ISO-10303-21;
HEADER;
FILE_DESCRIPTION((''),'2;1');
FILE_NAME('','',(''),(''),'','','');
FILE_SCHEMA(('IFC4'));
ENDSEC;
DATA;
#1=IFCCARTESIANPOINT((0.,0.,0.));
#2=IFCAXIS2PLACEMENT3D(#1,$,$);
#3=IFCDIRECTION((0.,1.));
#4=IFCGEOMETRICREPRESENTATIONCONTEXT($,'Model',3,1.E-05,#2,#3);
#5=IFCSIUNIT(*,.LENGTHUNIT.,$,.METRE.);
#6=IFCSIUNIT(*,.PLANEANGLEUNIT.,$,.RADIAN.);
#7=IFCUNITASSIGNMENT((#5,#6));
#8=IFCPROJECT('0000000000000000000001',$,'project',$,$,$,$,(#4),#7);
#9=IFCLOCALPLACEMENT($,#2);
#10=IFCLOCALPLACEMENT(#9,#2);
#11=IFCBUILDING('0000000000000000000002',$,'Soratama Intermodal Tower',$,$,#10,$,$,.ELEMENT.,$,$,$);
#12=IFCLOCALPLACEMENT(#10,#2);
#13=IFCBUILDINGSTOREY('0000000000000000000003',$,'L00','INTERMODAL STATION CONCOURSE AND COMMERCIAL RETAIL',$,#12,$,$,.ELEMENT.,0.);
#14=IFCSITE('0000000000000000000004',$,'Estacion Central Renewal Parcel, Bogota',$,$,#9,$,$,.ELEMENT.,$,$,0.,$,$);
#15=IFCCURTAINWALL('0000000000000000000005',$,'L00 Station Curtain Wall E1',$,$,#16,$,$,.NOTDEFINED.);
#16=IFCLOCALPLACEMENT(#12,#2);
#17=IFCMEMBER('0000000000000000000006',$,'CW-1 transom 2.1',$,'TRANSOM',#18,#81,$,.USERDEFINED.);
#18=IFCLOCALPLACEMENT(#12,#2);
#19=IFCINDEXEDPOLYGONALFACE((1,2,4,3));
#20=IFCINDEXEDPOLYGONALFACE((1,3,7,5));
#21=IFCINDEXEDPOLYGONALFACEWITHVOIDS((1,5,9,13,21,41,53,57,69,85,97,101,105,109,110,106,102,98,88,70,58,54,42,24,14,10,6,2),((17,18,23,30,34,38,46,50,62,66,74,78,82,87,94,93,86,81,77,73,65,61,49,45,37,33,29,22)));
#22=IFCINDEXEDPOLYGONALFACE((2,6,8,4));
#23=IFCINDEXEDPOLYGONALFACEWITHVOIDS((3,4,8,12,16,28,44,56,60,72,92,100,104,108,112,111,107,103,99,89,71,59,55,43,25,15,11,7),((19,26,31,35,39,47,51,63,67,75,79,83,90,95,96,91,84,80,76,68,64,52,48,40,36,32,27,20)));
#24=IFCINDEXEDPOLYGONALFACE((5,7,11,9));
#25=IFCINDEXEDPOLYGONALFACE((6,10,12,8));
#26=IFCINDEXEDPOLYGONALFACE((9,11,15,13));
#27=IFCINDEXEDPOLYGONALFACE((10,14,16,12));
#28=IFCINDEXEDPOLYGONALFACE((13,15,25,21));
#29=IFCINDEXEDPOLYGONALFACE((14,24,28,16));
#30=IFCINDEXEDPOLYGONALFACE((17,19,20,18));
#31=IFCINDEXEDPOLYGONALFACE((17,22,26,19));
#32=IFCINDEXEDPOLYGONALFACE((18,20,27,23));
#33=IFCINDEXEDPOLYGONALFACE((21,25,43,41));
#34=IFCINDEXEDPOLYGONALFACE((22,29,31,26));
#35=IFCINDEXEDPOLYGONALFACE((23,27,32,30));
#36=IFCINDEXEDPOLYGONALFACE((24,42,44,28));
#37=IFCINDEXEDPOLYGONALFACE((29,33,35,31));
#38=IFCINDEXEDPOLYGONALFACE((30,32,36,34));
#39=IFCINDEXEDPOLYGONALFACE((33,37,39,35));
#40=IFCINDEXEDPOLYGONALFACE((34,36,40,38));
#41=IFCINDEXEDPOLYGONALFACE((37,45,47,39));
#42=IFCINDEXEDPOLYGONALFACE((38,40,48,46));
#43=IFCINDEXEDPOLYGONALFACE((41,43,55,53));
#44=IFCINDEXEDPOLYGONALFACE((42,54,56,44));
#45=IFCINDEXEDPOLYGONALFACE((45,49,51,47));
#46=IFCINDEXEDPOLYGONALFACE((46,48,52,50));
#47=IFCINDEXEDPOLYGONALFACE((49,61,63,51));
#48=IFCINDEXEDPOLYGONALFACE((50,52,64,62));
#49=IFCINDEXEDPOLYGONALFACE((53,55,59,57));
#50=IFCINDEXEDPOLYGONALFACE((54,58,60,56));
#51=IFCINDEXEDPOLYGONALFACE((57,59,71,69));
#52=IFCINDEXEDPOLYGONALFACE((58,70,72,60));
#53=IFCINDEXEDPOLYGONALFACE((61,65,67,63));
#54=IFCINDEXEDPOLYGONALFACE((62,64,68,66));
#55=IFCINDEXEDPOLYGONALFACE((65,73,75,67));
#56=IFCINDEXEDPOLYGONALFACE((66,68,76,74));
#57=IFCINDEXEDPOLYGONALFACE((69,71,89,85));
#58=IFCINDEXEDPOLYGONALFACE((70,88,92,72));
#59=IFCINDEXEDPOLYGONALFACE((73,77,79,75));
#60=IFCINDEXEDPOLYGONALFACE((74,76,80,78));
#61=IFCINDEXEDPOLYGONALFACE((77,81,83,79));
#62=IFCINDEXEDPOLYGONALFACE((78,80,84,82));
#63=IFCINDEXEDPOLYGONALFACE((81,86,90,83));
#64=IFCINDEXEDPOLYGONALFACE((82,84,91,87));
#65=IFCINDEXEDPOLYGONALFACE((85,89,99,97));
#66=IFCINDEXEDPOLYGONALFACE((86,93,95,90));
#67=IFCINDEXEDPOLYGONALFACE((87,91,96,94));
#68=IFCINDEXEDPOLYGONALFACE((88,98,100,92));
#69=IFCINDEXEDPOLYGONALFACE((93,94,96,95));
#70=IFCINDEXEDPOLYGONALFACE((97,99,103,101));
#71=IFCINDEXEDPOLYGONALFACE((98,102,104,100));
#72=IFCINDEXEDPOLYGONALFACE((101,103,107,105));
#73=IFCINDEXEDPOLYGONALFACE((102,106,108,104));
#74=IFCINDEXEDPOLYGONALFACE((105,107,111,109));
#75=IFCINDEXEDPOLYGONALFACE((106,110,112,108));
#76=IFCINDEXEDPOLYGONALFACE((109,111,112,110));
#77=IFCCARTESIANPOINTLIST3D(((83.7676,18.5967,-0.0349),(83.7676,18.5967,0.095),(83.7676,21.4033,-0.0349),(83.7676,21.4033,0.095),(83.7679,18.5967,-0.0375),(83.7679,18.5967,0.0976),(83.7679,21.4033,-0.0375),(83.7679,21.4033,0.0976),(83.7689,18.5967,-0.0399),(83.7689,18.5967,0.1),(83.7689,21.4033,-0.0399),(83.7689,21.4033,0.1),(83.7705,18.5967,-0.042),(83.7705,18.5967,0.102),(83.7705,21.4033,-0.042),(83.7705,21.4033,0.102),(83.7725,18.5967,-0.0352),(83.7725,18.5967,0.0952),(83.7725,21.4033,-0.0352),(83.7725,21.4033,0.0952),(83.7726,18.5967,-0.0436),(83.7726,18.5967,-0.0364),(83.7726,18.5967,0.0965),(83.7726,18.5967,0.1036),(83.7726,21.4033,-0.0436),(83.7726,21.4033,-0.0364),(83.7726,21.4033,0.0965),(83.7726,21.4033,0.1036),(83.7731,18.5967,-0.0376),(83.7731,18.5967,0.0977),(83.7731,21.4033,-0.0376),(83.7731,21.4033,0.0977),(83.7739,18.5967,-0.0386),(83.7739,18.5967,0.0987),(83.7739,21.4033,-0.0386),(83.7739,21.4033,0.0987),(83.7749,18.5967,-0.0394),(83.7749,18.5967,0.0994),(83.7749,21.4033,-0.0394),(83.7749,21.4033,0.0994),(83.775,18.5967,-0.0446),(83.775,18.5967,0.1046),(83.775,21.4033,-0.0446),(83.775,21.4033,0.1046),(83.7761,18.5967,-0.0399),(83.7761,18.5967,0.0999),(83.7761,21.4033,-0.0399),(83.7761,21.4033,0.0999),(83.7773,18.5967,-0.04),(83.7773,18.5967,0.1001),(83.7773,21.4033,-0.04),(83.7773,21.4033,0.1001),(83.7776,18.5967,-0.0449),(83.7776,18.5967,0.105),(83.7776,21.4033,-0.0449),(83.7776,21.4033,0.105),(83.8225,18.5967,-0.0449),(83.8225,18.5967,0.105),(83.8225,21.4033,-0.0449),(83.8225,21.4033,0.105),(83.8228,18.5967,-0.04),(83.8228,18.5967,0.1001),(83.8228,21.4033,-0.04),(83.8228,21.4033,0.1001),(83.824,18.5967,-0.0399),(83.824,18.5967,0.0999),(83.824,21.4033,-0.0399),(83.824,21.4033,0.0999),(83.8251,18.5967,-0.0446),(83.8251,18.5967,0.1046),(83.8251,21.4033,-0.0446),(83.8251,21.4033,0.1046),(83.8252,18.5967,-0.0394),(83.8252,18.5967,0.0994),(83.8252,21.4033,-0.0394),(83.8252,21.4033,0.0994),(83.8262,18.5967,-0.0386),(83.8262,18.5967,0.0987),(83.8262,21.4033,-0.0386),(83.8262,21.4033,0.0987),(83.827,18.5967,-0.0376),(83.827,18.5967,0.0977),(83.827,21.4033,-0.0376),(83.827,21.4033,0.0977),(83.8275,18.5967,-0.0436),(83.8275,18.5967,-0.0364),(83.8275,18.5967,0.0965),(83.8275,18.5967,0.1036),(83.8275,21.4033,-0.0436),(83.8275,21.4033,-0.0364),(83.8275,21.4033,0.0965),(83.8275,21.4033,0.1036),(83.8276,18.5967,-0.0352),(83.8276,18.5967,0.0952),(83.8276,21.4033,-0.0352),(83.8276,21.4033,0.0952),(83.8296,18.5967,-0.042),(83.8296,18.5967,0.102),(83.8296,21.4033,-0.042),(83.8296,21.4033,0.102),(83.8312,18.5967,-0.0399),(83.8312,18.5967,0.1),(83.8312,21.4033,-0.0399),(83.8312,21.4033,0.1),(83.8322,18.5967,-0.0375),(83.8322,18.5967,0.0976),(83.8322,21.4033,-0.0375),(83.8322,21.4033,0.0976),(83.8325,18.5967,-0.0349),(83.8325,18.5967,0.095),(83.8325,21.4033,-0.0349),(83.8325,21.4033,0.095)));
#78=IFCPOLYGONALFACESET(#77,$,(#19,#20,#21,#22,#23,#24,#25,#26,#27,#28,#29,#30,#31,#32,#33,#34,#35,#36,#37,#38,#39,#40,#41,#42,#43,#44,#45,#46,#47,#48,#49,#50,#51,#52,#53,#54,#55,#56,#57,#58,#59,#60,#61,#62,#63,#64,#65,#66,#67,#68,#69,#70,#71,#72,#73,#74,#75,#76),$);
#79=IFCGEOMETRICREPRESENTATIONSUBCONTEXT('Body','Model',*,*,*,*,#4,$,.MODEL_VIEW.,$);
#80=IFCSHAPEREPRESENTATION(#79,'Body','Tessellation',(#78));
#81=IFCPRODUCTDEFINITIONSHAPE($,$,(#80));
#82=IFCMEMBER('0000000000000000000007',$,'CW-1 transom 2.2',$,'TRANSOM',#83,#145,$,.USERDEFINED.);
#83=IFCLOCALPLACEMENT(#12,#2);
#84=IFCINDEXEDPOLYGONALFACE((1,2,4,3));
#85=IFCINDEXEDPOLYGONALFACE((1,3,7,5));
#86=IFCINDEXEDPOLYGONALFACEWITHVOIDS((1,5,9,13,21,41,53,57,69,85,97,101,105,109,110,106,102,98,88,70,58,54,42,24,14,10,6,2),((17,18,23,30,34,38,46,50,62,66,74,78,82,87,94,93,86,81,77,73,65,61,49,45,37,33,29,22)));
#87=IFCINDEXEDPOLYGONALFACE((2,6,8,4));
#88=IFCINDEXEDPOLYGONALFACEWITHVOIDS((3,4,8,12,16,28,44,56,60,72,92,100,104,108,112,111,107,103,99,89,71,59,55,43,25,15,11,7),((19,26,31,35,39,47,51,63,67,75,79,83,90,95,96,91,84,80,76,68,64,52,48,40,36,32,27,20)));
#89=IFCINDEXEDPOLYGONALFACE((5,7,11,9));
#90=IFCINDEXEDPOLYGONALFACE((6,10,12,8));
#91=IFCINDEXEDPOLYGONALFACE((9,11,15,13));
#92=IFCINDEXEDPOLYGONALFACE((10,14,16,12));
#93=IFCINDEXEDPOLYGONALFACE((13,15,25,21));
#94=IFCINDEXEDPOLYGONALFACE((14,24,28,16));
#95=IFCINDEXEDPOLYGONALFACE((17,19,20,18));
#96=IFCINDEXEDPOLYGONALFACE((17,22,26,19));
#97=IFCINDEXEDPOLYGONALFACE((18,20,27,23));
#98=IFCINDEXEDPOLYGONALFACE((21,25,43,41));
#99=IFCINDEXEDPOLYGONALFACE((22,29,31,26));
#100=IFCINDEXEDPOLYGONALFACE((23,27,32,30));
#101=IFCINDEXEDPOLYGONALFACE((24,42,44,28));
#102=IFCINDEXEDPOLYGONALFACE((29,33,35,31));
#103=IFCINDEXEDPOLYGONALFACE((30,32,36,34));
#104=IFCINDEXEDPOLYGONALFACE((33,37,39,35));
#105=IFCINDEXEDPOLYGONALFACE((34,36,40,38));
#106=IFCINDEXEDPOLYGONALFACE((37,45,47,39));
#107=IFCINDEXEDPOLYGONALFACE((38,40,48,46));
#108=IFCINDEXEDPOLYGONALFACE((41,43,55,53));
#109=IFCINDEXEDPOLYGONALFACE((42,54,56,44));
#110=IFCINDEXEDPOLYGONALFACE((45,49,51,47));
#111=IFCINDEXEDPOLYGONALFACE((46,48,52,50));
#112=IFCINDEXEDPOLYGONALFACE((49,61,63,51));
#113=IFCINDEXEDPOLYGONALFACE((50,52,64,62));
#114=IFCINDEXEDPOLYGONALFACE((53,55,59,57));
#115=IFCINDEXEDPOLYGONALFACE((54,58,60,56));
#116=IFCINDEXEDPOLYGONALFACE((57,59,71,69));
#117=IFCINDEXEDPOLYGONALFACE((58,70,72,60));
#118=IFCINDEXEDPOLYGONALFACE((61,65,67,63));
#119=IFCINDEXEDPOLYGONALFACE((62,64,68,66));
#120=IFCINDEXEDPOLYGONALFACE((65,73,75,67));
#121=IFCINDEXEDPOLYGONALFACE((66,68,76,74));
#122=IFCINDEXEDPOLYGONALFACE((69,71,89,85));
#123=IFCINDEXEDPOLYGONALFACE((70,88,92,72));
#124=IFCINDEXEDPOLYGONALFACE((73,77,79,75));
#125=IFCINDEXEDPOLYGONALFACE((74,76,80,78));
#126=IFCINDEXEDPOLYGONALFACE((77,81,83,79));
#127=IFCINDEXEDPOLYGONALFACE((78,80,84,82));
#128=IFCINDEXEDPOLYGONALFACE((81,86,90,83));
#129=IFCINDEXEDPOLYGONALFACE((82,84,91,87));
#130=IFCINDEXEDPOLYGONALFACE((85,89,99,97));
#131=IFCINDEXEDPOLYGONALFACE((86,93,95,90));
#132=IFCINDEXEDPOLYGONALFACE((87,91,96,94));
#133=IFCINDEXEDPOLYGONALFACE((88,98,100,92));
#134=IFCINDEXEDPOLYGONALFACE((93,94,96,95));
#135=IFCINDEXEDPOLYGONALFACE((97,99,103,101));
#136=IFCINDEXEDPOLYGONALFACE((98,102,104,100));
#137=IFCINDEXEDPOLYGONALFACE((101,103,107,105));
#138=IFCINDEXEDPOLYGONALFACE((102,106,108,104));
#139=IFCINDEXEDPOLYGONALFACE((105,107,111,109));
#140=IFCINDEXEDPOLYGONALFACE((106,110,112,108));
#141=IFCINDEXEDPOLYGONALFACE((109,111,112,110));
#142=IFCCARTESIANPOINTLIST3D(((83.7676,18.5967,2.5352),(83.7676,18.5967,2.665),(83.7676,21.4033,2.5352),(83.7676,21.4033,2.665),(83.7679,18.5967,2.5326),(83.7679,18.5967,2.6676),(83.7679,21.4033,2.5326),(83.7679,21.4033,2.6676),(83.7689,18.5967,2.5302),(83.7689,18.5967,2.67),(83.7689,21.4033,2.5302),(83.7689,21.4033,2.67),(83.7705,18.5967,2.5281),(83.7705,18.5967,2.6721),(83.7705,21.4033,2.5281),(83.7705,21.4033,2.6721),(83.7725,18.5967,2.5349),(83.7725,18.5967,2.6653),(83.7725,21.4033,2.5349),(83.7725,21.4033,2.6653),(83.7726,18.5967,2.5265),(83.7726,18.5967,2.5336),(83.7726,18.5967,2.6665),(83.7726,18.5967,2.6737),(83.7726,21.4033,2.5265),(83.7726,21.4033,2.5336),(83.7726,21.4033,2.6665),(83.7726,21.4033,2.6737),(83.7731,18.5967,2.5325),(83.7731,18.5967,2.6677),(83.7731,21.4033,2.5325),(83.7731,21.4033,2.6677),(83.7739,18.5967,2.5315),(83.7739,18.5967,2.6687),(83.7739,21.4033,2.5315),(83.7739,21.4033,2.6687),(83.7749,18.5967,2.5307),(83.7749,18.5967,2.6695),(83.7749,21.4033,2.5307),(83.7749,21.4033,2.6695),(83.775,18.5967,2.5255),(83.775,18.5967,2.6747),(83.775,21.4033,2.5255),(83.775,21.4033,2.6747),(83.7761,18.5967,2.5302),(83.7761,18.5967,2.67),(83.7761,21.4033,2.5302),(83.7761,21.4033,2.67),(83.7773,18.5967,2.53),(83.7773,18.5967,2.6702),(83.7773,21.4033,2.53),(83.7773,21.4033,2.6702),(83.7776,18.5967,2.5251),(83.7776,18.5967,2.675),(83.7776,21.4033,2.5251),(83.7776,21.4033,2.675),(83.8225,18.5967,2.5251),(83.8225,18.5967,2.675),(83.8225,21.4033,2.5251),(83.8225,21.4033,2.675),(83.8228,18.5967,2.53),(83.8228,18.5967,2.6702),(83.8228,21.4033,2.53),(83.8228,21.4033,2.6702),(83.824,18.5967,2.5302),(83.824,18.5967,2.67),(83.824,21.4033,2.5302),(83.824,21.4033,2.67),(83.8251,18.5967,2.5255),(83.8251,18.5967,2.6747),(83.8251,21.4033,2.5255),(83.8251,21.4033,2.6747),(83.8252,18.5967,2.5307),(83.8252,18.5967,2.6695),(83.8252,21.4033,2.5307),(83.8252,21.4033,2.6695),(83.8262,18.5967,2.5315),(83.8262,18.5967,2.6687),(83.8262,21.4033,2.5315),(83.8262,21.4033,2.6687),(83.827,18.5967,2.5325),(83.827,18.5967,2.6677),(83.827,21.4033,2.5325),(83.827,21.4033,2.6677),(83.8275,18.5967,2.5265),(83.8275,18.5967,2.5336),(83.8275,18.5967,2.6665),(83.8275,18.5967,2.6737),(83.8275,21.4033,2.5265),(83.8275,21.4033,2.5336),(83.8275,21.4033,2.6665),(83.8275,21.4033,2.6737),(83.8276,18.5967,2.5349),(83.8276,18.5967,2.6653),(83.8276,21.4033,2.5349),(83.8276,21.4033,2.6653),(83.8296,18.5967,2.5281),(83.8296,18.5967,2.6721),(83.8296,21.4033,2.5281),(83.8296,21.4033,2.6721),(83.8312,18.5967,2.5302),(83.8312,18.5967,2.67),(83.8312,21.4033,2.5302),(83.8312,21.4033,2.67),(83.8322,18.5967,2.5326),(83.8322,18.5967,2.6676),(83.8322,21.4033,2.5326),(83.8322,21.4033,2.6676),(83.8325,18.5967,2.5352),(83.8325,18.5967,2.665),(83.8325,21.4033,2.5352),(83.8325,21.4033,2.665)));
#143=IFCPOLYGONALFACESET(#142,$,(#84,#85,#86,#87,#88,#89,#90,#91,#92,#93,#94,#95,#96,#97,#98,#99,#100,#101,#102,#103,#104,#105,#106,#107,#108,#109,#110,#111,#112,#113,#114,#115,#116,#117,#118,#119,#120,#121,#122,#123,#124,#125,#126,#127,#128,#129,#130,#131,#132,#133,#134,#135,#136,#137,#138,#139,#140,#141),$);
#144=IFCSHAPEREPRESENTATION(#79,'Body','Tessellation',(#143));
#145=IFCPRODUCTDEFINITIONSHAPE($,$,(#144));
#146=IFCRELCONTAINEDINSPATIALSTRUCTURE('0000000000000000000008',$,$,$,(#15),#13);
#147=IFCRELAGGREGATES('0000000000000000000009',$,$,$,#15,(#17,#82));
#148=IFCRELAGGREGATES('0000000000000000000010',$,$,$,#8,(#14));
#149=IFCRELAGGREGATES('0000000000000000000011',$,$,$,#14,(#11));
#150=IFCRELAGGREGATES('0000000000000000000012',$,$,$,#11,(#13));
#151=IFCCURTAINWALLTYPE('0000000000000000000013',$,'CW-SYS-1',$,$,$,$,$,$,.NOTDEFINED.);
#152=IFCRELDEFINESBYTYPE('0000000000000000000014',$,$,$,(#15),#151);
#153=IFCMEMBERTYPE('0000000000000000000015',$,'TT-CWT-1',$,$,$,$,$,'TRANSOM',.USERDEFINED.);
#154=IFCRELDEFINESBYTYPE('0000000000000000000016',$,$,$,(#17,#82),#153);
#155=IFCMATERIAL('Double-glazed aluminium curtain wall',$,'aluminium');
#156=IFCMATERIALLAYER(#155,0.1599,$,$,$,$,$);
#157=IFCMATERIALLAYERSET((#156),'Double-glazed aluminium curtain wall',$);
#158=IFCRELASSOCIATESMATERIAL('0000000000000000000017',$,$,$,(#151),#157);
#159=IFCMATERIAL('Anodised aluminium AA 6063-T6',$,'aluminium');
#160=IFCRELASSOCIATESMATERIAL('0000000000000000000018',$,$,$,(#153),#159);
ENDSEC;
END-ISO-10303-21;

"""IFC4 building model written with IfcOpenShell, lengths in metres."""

from ifc_helpers import new_model, si_unit, direction, frame, origin, origin_2d, place, context, subcontext, project, spatial, hollow_rectangle, extrude, material, layer, layer_set, material_profile, profile_set, type_object, element, aggregate, save


model = new_model("IFC4")

# Units and contexts
model_context = context("Model", 3, precision=1e-05, world=origin(), true_north=direction((0.0, 1.0)))
body_context = subcontext(model_context, "Body", "Model", "MODEL_VIEW")
ifc_project = project(units=[si_unit("LENGTHUNIT", "METRE"), si_unit("PLANEANGLEUNIT", "RADIAN")], contexts=[model_context])

# Site, building, storey
site_placement = place(None, origin())
site = spatial("IfcSite", under=ifc_project, at=site_placement, Name="Estacion Central Renewal Parcel, Bogota", CompositionType="ELEMENT", RefElevation=0.0)
building_placement = place(site_placement, origin())
building = spatial("IfcBuilding", under=site, at=building_placement, Name="Soratama Intermodal Tower", CompositionType="ELEMENT")
storey_placement = place(building_placement, origin())
storey = spatial("IfcBuildingStorey", under=building, at=storey_placement, Name="L00", Description="INTERMODAL STATION CONCOURSE AND COMMERCIAL RETAIL", CompositionType="ELEMENT", Elevation=0.0)

# Curtain wall
ifc_material_1 = material(Name="Double-glazed aluminium curtain wall", Category="aluminium")
ifc_layer_1 = layer(ifc_material_1, 0.1599)
ifc_layer_set_1 = layer_set([ifc_layer_1], Name="Double-glazed aluminium curtain wall")
curtain_wall_type = type_object("IfcCurtainWallType", Name="CW-SYS-1", PredefinedType="NOTDEFINED", material=ifc_layer_set_1)
curtain_wall_1_placement = place(storey_placement, origin())
curtain_wall_1 = element("IfcCurtainWall", 1, at=curtain_wall_1_placement, inside=storey, type_object=curtain_wall_type, Name="L00 Station Curtain Wall E1", PredefinedType="NOTDEFINED")

# Members
ifc_material_2 = material(Name="Anodised aluminium AA 6063-T6", Category="aluminium")
ifc_material_profile_1 = material_profile(ifc_material_2, hollow_rectangle(XDim=0.0649, YDim=0.1499, WallThickness=0.0049, InnerFilletRadius=0.0049, OuterFilletRadius=0.01, at=origin_2d()), Name="CWT150X65X5")
ifc_profile_set_1 = profile_set([ifc_material_profile_1], Name="Anodised aluminium AA 6063-T6")
member_type_1 = type_object("IfcMemberType", Name="TT-CWT-1", ElementType="TRANSOM", PredefinedType="USERDEFINED", material=ifc_profile_set_1)
member_1_placement = place(storey_placement, frame((83.8, 18.5967, 0.03), z_axis=(0.0, 1.0, 0.0), x_axis=(-1.0, 0.0, 0.0)))
member_1 = element("IfcMember", 2, at=member_1_placement, type_object=member_type_1, Name="CW-1 transom 2.1", ObjectType="TRANSOM", PredefinedType="USERDEFINED", context=body_context, shape_type="SweptSolid", body=[
    extrude(hollow_rectangle(XDim=0.0649, YDim=0.1499, WallThickness=0.0049, InnerFilletRadius=0.0049, OuterFilletRadius=0.01, at=origin_2d()), origin(), (0.0, 0.0, 1.0), 2.8066),
])
member_2_placement = place(storey_placement, frame((83.8, 18.5967, 2.6001), z_axis=(0.0, 1.0, 0.0), x_axis=(-1.0, 0.0, 0.0)))
member_2 = element("IfcMember", 3, at=member_2_placement, type_object=member_type_1, Name="CW-1 transom 2.2", ObjectType="TRANSOM", PredefinedType="USERDEFINED", context=body_context, shape_type="SweptSolid", body=[
    extrude(hollow_rectangle(XDim=0.0649, YDim=0.1499, WallThickness=0.0049, InnerFilletRadius=0.0049, OuterFilletRadius=0.01, at=origin_2d()), origin(), (0.0, 0.0, 1.0), 2.8066),
])

aggregate(curtain_wall_1, [member_1, member_2])

save(model, "model.ifc")
